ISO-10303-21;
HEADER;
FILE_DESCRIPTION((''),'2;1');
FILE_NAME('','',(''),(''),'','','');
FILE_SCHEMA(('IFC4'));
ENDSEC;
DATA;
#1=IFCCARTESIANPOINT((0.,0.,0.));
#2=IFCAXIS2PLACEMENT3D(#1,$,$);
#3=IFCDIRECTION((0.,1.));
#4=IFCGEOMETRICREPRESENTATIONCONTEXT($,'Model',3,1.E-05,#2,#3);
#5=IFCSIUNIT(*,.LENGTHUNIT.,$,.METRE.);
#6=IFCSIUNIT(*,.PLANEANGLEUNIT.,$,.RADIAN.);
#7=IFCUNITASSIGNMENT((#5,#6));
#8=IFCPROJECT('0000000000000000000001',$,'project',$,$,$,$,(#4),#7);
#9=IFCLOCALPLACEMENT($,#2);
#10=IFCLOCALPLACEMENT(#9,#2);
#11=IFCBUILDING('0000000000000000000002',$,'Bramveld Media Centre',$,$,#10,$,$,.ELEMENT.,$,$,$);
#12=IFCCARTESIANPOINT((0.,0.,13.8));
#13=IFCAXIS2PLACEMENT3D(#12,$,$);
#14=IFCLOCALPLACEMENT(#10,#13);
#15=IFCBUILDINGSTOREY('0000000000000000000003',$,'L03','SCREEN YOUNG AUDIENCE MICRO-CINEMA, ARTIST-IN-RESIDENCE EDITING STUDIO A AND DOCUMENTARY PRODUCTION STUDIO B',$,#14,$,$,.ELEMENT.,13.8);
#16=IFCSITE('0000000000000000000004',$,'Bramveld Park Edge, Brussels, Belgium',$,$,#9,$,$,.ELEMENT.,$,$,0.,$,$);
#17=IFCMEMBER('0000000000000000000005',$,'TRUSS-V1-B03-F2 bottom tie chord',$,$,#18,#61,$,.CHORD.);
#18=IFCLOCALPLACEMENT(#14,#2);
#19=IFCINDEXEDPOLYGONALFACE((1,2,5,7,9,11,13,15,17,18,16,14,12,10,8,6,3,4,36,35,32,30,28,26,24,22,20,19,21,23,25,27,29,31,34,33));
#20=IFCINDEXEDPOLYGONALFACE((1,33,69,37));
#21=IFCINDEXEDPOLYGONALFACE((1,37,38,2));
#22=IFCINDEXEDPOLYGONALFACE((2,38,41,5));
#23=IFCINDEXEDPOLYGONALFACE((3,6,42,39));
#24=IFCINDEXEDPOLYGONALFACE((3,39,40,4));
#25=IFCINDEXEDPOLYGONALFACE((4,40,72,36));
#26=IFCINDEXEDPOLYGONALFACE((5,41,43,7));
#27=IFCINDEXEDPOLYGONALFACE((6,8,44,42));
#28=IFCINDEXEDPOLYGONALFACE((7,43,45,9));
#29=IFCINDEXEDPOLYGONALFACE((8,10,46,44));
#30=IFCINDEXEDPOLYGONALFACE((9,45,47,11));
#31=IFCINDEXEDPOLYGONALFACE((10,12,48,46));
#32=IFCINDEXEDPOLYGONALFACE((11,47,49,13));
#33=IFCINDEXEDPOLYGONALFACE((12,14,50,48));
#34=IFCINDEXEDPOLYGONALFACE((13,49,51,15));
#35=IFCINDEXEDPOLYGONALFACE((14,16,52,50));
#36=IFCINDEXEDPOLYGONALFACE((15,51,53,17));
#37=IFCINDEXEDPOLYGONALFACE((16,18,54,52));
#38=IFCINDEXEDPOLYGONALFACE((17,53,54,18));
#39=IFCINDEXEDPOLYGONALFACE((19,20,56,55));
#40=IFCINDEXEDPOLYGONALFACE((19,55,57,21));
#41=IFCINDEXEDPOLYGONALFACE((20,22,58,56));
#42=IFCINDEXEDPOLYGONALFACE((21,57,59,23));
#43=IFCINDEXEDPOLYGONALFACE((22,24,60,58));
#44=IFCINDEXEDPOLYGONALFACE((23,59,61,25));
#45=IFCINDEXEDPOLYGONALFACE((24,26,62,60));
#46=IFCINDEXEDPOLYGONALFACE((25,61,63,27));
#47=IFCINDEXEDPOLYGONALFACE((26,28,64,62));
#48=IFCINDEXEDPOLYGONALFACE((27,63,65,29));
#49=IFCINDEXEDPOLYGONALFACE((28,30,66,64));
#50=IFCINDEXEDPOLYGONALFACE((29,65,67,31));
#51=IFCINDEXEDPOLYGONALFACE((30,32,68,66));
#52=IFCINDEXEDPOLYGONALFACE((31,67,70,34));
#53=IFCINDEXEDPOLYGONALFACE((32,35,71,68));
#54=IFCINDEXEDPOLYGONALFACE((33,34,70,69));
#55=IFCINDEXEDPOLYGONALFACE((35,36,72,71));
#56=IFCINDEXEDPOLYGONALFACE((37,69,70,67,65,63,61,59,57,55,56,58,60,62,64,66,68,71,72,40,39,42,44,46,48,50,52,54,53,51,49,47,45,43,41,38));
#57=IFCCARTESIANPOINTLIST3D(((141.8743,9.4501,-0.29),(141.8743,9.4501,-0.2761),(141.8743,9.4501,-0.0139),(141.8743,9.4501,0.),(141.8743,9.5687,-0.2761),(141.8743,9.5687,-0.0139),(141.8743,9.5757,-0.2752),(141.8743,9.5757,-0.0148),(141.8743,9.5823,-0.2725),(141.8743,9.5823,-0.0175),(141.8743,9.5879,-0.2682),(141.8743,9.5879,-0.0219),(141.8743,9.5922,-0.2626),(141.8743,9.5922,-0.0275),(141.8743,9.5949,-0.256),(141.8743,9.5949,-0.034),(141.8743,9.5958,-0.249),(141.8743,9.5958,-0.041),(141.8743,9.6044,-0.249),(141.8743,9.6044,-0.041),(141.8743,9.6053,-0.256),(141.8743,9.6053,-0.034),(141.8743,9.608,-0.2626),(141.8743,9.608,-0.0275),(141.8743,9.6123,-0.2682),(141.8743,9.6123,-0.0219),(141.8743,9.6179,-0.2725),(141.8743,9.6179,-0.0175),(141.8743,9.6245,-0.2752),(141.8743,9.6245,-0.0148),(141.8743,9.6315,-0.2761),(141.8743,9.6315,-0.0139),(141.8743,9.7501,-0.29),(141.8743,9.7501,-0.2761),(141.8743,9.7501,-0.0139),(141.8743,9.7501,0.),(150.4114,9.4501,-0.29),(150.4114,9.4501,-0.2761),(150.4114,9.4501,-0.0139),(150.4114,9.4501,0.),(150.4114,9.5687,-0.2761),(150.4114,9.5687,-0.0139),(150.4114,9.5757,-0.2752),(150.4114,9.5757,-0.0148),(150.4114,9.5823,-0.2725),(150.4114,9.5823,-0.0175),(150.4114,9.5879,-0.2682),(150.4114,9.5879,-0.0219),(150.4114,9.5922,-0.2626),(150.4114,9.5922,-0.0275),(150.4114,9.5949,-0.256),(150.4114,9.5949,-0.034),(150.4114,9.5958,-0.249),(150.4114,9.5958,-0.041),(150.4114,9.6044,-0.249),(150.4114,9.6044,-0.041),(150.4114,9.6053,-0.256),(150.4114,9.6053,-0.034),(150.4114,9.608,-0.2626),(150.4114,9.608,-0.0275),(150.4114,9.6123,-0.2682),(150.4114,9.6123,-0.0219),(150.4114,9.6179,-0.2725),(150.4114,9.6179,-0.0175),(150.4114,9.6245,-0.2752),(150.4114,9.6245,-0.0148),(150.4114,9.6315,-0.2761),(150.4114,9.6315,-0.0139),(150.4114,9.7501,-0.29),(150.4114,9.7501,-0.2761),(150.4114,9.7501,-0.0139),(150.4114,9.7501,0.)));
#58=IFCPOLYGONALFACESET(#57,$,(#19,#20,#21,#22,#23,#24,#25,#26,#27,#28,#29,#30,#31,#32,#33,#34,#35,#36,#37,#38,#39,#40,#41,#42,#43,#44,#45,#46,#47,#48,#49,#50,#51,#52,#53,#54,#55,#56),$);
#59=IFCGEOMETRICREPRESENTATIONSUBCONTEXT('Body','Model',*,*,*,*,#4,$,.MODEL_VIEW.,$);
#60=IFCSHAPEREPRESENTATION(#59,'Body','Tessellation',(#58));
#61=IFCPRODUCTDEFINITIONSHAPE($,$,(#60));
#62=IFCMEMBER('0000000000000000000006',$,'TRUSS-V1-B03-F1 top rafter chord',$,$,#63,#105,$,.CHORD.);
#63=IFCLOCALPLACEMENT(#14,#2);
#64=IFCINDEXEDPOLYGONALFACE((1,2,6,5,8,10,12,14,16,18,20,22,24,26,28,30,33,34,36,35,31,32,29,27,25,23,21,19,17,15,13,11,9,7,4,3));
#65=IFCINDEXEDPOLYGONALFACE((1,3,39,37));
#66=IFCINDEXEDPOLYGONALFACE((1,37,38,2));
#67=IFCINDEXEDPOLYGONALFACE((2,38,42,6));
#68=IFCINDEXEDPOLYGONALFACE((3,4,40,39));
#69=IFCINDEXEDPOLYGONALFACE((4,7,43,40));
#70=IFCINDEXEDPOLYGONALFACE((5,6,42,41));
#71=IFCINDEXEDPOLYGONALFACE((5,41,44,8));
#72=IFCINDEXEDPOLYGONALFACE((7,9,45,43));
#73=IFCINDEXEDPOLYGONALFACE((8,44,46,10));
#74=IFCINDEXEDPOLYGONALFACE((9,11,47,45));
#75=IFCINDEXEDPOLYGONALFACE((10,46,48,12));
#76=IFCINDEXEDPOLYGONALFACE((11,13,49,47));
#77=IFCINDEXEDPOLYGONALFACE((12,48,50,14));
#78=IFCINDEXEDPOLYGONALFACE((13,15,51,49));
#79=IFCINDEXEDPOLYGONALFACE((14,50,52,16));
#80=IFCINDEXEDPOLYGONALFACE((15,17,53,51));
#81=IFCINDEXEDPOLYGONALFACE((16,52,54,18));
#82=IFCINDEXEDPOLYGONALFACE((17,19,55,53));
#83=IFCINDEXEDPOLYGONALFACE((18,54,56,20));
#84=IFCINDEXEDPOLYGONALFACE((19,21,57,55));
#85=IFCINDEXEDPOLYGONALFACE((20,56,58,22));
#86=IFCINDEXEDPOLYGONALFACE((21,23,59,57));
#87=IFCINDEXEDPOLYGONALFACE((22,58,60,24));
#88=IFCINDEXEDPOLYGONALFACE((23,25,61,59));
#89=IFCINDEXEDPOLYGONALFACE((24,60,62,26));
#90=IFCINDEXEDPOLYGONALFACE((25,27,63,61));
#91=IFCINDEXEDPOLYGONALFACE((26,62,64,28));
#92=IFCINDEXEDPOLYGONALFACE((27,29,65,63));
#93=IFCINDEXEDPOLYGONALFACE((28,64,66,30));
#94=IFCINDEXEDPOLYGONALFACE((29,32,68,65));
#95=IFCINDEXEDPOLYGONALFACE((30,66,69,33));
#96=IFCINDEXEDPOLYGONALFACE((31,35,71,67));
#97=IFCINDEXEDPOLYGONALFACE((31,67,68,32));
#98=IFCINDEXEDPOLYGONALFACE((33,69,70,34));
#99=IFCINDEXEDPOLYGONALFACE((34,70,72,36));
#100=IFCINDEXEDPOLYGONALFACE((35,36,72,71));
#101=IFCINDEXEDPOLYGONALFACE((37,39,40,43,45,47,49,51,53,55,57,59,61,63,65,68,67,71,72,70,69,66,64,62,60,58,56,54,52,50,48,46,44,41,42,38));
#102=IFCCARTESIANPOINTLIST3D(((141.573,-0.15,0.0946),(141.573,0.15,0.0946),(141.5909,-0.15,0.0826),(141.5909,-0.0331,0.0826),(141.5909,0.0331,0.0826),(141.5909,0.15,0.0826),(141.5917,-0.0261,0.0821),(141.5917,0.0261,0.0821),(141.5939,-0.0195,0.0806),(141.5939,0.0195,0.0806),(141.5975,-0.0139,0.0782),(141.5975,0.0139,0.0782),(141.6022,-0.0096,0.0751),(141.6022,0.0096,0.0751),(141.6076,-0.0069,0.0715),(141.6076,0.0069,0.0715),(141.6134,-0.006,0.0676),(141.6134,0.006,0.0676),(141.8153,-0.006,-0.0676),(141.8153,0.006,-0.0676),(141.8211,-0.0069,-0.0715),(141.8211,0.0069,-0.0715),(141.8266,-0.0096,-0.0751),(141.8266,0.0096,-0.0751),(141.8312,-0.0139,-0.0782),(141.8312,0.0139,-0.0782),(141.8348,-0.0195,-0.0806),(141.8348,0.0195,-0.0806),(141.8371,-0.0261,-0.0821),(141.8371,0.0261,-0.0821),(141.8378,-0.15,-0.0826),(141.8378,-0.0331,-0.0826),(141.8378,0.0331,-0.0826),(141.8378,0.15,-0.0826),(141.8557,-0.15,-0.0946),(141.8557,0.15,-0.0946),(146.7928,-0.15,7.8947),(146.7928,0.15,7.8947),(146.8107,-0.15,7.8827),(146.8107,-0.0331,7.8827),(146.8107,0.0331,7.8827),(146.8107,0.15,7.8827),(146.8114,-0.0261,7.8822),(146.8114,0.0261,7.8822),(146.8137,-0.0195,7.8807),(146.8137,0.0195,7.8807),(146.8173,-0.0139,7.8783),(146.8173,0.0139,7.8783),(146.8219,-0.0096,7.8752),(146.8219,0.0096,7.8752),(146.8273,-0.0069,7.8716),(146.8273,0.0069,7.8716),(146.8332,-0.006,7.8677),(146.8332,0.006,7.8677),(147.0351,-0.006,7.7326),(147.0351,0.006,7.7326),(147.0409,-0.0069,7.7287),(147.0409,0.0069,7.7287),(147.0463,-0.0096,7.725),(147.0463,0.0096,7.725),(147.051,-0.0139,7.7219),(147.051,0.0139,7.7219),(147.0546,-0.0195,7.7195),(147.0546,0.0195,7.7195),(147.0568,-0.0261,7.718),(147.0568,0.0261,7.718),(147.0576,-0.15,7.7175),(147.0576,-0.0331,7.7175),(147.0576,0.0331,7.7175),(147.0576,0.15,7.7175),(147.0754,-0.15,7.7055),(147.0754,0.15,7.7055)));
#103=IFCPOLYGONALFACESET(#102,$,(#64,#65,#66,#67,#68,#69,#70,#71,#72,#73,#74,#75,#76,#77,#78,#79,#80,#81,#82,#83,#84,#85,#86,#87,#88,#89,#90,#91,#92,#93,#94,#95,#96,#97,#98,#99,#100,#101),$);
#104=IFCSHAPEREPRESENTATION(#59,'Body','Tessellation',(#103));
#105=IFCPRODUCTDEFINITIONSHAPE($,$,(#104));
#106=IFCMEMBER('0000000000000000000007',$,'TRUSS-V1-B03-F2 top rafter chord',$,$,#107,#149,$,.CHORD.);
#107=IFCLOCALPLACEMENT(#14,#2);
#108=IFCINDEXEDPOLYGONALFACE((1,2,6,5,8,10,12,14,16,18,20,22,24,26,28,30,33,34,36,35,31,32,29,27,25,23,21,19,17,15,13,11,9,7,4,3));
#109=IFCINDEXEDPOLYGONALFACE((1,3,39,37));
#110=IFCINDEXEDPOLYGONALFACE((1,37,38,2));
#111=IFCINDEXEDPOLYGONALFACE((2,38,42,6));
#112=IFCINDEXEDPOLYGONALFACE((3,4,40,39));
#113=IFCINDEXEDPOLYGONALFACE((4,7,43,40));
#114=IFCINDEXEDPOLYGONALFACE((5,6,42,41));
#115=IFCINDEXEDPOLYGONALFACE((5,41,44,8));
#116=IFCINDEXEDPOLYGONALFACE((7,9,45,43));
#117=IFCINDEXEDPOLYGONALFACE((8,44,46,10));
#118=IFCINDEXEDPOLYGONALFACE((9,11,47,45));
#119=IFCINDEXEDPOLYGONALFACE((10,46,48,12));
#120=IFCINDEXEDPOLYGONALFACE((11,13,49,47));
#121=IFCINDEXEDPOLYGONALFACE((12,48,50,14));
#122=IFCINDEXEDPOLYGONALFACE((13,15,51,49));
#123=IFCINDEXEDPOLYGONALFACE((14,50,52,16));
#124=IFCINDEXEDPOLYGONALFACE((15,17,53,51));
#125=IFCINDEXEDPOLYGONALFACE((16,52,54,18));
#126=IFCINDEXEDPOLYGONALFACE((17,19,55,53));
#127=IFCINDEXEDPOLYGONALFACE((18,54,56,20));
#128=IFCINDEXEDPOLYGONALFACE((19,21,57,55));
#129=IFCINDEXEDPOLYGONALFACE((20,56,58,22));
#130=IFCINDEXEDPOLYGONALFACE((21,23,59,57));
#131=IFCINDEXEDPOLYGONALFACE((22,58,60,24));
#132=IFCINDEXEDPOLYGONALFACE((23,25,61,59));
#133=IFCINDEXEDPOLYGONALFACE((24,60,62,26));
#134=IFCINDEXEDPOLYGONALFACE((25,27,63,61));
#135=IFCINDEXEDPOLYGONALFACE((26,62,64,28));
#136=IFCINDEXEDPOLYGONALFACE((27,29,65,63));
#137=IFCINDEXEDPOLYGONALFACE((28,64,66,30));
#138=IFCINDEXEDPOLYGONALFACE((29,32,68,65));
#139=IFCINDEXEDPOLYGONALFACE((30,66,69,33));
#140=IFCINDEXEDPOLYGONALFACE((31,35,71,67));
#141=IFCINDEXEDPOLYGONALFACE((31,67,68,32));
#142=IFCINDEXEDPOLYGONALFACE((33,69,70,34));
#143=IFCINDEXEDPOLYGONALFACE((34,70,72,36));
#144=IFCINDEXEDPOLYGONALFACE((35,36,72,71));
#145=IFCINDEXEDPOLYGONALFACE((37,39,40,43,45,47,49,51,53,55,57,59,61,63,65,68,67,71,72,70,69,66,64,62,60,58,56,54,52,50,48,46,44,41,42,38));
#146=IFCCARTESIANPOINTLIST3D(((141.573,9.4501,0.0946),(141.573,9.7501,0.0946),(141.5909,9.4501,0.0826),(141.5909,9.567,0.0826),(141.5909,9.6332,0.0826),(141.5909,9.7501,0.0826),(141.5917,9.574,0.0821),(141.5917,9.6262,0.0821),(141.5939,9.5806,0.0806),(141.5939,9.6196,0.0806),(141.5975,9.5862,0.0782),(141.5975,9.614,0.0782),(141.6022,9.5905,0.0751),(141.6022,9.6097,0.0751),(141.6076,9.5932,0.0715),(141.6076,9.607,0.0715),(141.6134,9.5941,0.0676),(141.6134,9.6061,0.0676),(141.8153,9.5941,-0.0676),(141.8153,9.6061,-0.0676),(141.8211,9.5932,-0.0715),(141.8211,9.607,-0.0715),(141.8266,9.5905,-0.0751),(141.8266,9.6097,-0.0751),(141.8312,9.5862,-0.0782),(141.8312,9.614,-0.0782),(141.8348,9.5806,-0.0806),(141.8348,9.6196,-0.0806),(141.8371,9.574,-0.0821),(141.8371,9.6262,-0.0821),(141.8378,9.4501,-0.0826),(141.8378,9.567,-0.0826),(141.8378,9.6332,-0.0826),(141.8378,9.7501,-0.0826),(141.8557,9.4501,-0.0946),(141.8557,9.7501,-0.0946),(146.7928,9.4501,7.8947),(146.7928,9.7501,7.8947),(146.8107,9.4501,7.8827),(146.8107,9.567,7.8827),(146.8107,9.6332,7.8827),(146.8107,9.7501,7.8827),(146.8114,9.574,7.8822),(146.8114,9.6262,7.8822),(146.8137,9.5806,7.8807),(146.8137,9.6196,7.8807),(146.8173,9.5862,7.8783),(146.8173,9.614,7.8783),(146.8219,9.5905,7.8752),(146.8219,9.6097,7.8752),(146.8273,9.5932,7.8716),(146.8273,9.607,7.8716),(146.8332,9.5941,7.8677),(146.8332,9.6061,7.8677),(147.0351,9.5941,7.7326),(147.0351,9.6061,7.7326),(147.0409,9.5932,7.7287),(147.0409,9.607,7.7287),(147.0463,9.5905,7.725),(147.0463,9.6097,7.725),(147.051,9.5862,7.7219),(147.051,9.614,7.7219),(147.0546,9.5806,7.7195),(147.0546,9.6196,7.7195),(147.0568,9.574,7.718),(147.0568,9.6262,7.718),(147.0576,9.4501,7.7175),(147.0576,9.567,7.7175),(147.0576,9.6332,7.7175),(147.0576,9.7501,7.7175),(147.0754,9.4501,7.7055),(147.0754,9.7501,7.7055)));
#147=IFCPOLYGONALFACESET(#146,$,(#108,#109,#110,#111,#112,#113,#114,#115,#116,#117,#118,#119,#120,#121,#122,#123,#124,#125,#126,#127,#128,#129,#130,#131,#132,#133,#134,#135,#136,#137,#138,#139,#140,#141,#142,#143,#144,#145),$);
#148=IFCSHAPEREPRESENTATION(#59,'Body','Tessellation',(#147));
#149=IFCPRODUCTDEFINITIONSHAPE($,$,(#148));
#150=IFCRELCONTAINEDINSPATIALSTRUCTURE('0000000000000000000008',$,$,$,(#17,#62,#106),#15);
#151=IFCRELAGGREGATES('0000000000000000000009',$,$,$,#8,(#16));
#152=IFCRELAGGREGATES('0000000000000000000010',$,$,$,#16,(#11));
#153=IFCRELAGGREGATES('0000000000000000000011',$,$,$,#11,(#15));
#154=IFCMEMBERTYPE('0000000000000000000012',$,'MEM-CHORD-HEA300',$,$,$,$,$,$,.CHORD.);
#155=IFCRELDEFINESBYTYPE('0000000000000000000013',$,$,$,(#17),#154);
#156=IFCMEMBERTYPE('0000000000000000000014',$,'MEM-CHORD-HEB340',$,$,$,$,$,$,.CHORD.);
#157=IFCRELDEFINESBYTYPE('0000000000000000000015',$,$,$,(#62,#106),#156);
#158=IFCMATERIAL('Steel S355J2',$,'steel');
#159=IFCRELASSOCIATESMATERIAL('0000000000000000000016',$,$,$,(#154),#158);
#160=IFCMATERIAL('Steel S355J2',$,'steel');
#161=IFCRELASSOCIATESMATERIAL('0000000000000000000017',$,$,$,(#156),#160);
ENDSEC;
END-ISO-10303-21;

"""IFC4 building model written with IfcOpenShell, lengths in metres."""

from ifc_helpers import new_model, si_unit, direction, frame, origin, origin_2d, place, context, subcontext, project, spatial, i_section, extrude, material, material_profile, profile_set, type_object, element, save


model = new_model("IFC4")

# Units and contexts
model_context = context("Model", 3, precision=1e-05, world=origin(), true_north=direction((0.0, 1.0)))
body_context = subcontext(model_context, "Body", "Model", "MODEL_VIEW")
ifc_project = project(units=[si_unit("LENGTHUNIT", "METRE"), si_unit("PLANEANGLEUNIT", "RADIAN")], contexts=[model_context])

# Site, building, storey
site_placement = place(None, origin())
site = spatial("IfcSite", under=ifc_project, at=site_placement, Name="Bramveld Park Edge, Brussels, Belgium", CompositionType="ELEMENT", RefElevation=0.0)
building_placement = place(site_placement, origin())
building = spatial("IfcBuilding", under=site, at=building_placement, Name="Bramveld Media Centre", CompositionType="ELEMENT")
storey_placement = place(building_placement, frame((0.0, 0.0, 13.8)))
storey = spatial("IfcBuildingStorey", under=building, at=storey_placement, Name="L03", Description="SCREEN YOUNG AUDIENCE MICRO-CINEMA, ARTIST-IN-RESIDENCE EDITING STUDIO A AND DOCUMENTARY PRODUCTION STUDIO B", CompositionType="ELEMENT", Elevation=13.8)

# Members
ifc_material_1 = material(Name="Steel S355J2", Category="steel")
ifc_material_profile_1 = material_profile(ifc_material_1, i_section(OverallWidth=0.3, OverallDepth=0.29, WebThickness=0.0085, FlangeThickness=0.0139, FilletRadius=0.0271, at=origin_2d()), Name="HEA 300")
ifc_profile_set_1 = profile_set([ifc_material_profile_1], Name="Steel S355J2")
member_type_1 = type_object("IfcMemberType", Name="MEM-CHORD-HEA300", PredefinedType="CHORD", material=ifc_profile_set_1)
member_1_placement = place(storey_placement, frame((141.8743, 9.6001, -0.145), z_axis=(1.0, 0.0, 0.0), x_axis=(0.0, 1.0, 0.0)))
element("IfcMember", 1, at=member_1_placement, inside=storey, type_object=member_type_1, Name="TRUSS-V1-B03-F2 bottom tie chord", PredefinedType="CHORD", context=body_context, shape_type="SweptSolid", body=[
    extrude(i_section(OverallWidth=0.3, OverallDepth=0.29, WebThickness=0.0085, FlangeThickness=0.0139, FilletRadius=0.0271, at=origin_2d()), origin(), (0.0, 0.0, 1.0), 8.5371),
])
ifc_material_2 = material(Name="Steel S355J2", Category="steel")
ifc_material_profile_2 = material_profile(ifc_material_2, i_section(OverallWidth=0.3, OverallDepth=0.3401, WebThickness=0.012, FlangeThickness=0.0215, FilletRadius=0.0271, at=origin_2d()), Name="HEB 340")
ifc_profile_set_2 = profile_set([ifc_material_profile_2], Name="Steel S355J2")
member_type_2 = type_object("IfcMemberType", Name="MEM-CHORD-HEB340", PredefinedType="CHORD", material=ifc_profile_set_2)
for number, where, z_axis, x_axis, name in (
    (2, (141.7144, 0.0, 0.0), (0.556152, 0.0, 0.831081), (0.0, 1.0, 0.0), "TRUSS-V1-B03-F1 top rafter chord"),
    (3, (141.7144, 9.6001, 0.0), (0.556152, 0.0, 0.831081), (0.0, 1.0, 0.0), "TRUSS-V1-B03-F2 top rafter chord"),
):
    element("IfcMember", number, at=place(storey_placement, frame(where, z_axis=z_axis, x_axis=x_axis)), inside=storey, type_object=member_type_2, Name=name, PredefinedType="CHORD", context=body_context, shape_type="SweptSolid", body=[
        extrude(i_section(OverallWidth=0.3, OverallDepth=0.3401, WebThickness=0.012, FlangeThickness=0.0215, FilletRadius=0.0271, at=origin_2d()), origin(), (0.0, 0.0, 1.0), 9.3855),
    ])

save(model, "model.ifc")
